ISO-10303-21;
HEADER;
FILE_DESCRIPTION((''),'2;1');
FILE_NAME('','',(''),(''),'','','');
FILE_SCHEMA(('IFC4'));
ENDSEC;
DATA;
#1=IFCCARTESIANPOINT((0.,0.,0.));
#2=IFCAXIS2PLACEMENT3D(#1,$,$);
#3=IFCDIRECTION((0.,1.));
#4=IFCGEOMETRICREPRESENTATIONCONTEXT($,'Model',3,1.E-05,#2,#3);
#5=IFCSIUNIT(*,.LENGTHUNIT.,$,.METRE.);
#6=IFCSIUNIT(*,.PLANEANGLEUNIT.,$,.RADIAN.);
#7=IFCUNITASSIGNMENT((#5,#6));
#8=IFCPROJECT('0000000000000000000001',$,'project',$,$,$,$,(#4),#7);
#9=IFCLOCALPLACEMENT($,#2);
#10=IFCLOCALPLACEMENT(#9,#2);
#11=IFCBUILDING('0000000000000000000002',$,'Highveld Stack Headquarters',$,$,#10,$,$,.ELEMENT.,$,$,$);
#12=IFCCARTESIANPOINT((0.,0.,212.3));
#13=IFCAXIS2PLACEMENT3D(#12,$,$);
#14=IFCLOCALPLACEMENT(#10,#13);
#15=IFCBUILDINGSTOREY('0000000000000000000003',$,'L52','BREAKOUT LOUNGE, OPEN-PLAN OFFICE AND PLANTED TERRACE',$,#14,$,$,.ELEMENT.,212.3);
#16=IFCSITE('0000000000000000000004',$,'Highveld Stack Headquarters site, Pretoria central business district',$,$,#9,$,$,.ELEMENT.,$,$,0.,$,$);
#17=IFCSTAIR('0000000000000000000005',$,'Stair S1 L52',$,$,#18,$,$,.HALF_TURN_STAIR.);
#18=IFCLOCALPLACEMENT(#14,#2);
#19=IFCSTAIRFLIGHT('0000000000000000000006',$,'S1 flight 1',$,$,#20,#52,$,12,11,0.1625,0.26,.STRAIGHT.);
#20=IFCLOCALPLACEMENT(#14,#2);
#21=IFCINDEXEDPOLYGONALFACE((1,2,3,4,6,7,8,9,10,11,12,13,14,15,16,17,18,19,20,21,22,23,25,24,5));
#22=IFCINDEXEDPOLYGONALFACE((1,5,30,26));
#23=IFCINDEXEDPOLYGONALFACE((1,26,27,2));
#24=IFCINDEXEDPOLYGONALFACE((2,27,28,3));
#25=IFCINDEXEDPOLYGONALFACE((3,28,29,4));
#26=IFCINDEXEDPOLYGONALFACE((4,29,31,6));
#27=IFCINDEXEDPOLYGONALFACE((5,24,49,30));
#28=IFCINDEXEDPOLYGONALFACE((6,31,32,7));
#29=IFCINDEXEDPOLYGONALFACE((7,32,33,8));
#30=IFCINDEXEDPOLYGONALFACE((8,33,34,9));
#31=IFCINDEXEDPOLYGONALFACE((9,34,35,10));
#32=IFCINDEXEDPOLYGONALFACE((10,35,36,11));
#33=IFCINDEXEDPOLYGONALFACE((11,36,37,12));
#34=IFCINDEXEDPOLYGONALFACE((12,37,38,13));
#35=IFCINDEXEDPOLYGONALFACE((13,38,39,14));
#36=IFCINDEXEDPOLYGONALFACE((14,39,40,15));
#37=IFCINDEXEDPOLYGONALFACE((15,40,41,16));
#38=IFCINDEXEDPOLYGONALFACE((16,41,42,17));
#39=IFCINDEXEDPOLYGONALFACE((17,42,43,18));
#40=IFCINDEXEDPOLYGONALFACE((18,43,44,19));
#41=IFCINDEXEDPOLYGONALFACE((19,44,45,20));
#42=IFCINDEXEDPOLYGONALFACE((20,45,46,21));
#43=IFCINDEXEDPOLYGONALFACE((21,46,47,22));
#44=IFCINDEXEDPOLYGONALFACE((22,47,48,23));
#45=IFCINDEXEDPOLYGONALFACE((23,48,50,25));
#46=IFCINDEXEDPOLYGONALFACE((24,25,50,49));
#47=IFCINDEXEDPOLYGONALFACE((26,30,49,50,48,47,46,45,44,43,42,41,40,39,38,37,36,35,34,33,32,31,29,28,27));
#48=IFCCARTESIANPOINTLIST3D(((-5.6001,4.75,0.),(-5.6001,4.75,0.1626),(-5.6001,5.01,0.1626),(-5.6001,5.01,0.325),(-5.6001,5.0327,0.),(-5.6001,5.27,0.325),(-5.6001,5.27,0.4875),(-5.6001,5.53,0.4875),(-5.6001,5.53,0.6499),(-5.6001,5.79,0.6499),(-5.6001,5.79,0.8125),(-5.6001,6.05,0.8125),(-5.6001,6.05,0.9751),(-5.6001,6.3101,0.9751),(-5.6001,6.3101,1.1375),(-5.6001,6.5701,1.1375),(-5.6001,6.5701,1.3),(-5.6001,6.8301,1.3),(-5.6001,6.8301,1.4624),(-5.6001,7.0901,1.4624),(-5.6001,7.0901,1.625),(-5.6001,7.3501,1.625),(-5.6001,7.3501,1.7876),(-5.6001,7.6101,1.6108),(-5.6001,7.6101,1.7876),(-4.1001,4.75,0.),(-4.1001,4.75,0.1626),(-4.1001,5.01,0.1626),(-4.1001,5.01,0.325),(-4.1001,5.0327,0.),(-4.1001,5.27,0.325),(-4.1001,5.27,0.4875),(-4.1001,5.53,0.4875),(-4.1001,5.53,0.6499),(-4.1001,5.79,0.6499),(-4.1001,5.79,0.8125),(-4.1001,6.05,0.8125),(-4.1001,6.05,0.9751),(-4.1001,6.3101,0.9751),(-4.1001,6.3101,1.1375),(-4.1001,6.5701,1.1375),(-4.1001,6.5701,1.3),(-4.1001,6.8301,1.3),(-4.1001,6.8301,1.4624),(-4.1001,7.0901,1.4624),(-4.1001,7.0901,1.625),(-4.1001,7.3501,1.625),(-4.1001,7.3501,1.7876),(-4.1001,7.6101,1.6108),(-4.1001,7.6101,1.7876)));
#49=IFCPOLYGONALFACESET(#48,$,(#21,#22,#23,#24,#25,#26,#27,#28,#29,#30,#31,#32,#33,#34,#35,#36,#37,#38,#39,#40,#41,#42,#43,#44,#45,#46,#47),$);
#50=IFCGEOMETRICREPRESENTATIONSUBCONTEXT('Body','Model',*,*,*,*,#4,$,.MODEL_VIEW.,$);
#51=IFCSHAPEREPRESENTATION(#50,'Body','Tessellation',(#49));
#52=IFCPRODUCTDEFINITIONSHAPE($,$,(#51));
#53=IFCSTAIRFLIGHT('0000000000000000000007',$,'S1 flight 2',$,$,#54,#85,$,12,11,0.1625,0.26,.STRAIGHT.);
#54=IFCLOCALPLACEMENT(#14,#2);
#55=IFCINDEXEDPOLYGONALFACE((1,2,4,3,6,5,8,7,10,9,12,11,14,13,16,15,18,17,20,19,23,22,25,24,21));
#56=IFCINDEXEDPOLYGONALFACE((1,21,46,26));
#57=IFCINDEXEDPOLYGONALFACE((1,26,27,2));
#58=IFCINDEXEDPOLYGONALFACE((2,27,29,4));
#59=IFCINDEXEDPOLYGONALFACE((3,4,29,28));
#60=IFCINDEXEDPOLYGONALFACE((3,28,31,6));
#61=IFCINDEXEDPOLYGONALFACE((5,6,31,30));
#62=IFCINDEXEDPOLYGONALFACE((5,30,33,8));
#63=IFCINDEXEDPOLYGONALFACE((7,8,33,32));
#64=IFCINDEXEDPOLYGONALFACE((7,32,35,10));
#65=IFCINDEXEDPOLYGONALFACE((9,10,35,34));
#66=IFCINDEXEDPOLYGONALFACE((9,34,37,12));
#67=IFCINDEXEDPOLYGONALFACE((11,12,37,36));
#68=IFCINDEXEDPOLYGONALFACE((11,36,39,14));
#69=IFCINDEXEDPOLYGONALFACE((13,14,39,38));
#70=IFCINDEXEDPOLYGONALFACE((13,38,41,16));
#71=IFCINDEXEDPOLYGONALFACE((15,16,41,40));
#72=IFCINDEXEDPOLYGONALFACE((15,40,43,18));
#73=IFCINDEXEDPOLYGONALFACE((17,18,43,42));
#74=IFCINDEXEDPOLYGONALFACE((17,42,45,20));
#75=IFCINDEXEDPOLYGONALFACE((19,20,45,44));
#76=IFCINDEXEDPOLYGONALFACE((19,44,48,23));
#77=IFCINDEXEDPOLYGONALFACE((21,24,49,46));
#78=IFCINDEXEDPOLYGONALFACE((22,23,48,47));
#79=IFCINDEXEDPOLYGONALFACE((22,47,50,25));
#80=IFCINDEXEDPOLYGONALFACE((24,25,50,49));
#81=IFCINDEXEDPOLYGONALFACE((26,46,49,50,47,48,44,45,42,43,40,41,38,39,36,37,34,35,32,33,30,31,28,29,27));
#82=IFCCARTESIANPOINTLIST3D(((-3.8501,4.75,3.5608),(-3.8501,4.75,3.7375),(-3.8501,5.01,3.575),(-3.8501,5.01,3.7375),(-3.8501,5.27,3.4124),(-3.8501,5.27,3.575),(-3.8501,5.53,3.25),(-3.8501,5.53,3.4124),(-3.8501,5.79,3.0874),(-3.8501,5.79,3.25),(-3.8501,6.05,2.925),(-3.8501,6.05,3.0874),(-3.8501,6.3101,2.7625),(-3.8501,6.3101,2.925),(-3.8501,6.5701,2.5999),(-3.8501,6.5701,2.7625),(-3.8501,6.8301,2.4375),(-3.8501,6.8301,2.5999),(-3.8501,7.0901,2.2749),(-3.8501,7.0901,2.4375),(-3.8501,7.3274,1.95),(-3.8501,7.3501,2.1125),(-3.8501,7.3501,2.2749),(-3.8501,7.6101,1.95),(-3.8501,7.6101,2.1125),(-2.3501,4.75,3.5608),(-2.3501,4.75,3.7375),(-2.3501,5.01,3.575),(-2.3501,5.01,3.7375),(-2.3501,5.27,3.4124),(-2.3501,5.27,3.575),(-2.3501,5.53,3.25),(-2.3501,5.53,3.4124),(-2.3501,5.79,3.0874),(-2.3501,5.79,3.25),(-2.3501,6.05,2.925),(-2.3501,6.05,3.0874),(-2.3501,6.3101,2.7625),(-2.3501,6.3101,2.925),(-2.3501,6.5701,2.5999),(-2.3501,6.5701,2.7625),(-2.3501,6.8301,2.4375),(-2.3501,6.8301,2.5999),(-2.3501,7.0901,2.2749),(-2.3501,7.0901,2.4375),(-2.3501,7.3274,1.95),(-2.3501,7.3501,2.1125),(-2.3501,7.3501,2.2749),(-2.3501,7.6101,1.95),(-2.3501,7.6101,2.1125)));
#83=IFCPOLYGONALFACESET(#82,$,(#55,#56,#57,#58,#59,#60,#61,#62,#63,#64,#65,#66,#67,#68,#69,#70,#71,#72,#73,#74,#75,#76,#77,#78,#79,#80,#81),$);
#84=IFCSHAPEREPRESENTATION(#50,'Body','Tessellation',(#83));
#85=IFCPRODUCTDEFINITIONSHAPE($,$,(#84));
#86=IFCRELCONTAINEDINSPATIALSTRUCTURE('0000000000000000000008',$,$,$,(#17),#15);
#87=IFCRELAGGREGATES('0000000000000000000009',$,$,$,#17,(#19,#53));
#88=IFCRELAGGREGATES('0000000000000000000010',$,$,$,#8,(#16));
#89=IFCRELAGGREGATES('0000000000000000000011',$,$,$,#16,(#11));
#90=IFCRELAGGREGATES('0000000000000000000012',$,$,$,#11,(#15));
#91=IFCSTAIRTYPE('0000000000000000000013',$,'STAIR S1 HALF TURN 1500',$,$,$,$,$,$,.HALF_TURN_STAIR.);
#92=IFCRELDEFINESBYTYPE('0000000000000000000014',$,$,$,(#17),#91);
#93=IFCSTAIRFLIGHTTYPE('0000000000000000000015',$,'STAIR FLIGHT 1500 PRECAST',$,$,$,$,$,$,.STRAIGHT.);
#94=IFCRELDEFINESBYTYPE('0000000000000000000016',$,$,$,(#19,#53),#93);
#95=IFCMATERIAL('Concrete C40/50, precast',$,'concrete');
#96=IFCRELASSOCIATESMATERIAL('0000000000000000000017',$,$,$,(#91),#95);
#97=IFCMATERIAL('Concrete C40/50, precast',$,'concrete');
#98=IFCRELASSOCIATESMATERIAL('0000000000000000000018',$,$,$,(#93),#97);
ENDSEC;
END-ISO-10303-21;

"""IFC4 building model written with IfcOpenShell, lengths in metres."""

from ifc_helpers import new_model, si_unit, direction, frame, origin, place, context, subcontext, project, spatial, polyline, outline, extrude, material, type_object, element, aggregate, save


model = new_model("IFC4")

# Units and contexts
model_context = context("Model", 3, precision=1e-05, world=origin(), true_north=direction((0.0, 1.0)))
body_context = subcontext(model_context, "Body", "Model", "MODEL_VIEW")
ifc_project = project(units=[si_unit("LENGTHUNIT", "METRE"), si_unit("PLANEANGLEUNIT", "RADIAN")], contexts=[model_context])

# Site, building, storey
site_placement = place(None, origin())
site = spatial("IfcSite", under=ifc_project, at=site_placement, Name="Highveld Stack Headquarters site, Pretoria central business district", CompositionType="ELEMENT", RefElevation=0.0)
building_placement = place(site_placement, origin())
building = spatial("IfcBuilding", under=site, at=building_placement, Name="Highveld Stack Headquarters", CompositionType="ELEMENT")
storey_placement = place(building_placement, frame((0.0, 0.0, 212.3)))
storey = spatial("IfcBuildingStorey", under=building, at=storey_placement, Name="L52", Description="BREAKOUT LOUNGE, OPEN-PLAN OFFICE AND PLANTED TERRACE", CompositionType="ELEMENT", Elevation=212.3)

# Stair, stair flights
ifc_material_1 = material(Name="Concrete C40/50, precast", Category="concrete")
stair_type = type_object("IfcStairType", Name="STAIR S1 HALF TURN 1500", PredefinedType="HALF_TURN_STAIR", material=ifc_material_1)
stair_placement = place(storey_placement, origin())
stair = element("IfcStair", 1, at=stair_placement, inside=storey, type_object=stair_type, Name="Stair S1 L52", PredefinedType="HALF_TURN_STAIR")
ifc_material_2 = material(Name="Concrete C40/50, precast", Category="concrete")
stair_flight_type = type_object("IfcStairFlightType", Name="STAIR FLIGHT 1500 PRECAST", PredefinedType="STRAIGHT", material=ifc_material_2)
stair_flight_1_placement = place(storey_placement, frame((-4.8501, 4.75, 0.0), z_axis=(0.0, 0.0, 1.0), x_axis=(0.0, 1.0, 0.0)))
stair_flight_1 = element("IfcStairFlight", 2, at=stair_flight_1_placement, type_object=stair_flight_type, Name="S1 flight 1", NumberOfRisers=12, NumberOfTreads=11, PredefinedType="STRAIGHT", RiserHeight=0.1625, TreadLength=0.26, context=body_context, shape_type="SweptSolid", body=[
    extrude(outline(polyline([(0.0, 0.0), (0.0, 0.1626), (0.26, 0.1626), (0.26, 0.325), (0.52, 0.325), (0.52, 0.4875), (0.78, 0.4875), (0.78, 0.6499), (1.04, 0.6499), (1.04, 0.8125), (1.3, 0.8125), (1.3, 0.9751), (1.5601, 0.9751), (1.5601, 1.1375), (1.8201, 1.1375), (1.8201, 1.3), (2.0801, 1.3), (2.0801, 1.4624), (2.3401, 1.4624), (2.3401, 1.625), (2.6001, 1.625), (2.6001, 1.7876), (2.8601, 1.7876), (2.8601, 1.95), (2.8601, 1.6108), (0.2827, 0.0), (0.0, 0.0)])), frame((0.0, 0.75, 0.0), z_axis=(0.0, -1.0, 0.0), x_axis=(1.0, 0.0, 0.0)), (0.0, 0.0, 1.0), 1.5),
])
stair_flight_2_placement = place(storey_placement, frame((-3.1001, 7.6101, 1.95), z_axis=(0.0, 0.0, 1.0), x_axis=(0.0, -1.0, 0.0)))
stair_flight_2 = element("IfcStairFlight", 3, at=stair_flight_2_placement, type_object=stair_flight_type, Name="S1 flight 2", NumberOfRisers=12, NumberOfTreads=11, PredefinedType="STRAIGHT", RiserHeight=0.1625, TreadLength=0.26, context=body_context, shape_type="SweptSolid", body=[
    extrude(outline(polyline([(0.0, 0.0), (0.0, 0.1626), (0.26, 0.1626), (0.26, 0.325), (0.52, 0.325), (0.52, 0.4875), (0.78, 0.4875), (0.78, 0.6499), (1.04, 0.6499), (1.04, 0.8125), (1.3, 0.8125), (1.3, 0.9751), (1.5601, 0.9751), (1.5601, 1.1375), (1.8201, 1.1375), (1.8201, 1.3), (2.0801, 1.3), (2.0801, 1.4624), (2.3401, 1.4624), (2.3401, 1.625), (2.6001, 1.625), (2.6001, 1.7876), (2.8601, 1.7876), (2.8601, 1.95), (2.8601, 1.6108), (0.2827, 0.0), (0.0, 0.0)])), frame((0.0, 0.75, 0.0), z_axis=(0.0, -1.0, 0.0), x_axis=(1.0, 0.0, 0.0)), (0.0, 0.0, 1.0), 1.5),
])
aggregate(stair, [stair_flight_1, stair_flight_2])

save(model, "model.ifc")
